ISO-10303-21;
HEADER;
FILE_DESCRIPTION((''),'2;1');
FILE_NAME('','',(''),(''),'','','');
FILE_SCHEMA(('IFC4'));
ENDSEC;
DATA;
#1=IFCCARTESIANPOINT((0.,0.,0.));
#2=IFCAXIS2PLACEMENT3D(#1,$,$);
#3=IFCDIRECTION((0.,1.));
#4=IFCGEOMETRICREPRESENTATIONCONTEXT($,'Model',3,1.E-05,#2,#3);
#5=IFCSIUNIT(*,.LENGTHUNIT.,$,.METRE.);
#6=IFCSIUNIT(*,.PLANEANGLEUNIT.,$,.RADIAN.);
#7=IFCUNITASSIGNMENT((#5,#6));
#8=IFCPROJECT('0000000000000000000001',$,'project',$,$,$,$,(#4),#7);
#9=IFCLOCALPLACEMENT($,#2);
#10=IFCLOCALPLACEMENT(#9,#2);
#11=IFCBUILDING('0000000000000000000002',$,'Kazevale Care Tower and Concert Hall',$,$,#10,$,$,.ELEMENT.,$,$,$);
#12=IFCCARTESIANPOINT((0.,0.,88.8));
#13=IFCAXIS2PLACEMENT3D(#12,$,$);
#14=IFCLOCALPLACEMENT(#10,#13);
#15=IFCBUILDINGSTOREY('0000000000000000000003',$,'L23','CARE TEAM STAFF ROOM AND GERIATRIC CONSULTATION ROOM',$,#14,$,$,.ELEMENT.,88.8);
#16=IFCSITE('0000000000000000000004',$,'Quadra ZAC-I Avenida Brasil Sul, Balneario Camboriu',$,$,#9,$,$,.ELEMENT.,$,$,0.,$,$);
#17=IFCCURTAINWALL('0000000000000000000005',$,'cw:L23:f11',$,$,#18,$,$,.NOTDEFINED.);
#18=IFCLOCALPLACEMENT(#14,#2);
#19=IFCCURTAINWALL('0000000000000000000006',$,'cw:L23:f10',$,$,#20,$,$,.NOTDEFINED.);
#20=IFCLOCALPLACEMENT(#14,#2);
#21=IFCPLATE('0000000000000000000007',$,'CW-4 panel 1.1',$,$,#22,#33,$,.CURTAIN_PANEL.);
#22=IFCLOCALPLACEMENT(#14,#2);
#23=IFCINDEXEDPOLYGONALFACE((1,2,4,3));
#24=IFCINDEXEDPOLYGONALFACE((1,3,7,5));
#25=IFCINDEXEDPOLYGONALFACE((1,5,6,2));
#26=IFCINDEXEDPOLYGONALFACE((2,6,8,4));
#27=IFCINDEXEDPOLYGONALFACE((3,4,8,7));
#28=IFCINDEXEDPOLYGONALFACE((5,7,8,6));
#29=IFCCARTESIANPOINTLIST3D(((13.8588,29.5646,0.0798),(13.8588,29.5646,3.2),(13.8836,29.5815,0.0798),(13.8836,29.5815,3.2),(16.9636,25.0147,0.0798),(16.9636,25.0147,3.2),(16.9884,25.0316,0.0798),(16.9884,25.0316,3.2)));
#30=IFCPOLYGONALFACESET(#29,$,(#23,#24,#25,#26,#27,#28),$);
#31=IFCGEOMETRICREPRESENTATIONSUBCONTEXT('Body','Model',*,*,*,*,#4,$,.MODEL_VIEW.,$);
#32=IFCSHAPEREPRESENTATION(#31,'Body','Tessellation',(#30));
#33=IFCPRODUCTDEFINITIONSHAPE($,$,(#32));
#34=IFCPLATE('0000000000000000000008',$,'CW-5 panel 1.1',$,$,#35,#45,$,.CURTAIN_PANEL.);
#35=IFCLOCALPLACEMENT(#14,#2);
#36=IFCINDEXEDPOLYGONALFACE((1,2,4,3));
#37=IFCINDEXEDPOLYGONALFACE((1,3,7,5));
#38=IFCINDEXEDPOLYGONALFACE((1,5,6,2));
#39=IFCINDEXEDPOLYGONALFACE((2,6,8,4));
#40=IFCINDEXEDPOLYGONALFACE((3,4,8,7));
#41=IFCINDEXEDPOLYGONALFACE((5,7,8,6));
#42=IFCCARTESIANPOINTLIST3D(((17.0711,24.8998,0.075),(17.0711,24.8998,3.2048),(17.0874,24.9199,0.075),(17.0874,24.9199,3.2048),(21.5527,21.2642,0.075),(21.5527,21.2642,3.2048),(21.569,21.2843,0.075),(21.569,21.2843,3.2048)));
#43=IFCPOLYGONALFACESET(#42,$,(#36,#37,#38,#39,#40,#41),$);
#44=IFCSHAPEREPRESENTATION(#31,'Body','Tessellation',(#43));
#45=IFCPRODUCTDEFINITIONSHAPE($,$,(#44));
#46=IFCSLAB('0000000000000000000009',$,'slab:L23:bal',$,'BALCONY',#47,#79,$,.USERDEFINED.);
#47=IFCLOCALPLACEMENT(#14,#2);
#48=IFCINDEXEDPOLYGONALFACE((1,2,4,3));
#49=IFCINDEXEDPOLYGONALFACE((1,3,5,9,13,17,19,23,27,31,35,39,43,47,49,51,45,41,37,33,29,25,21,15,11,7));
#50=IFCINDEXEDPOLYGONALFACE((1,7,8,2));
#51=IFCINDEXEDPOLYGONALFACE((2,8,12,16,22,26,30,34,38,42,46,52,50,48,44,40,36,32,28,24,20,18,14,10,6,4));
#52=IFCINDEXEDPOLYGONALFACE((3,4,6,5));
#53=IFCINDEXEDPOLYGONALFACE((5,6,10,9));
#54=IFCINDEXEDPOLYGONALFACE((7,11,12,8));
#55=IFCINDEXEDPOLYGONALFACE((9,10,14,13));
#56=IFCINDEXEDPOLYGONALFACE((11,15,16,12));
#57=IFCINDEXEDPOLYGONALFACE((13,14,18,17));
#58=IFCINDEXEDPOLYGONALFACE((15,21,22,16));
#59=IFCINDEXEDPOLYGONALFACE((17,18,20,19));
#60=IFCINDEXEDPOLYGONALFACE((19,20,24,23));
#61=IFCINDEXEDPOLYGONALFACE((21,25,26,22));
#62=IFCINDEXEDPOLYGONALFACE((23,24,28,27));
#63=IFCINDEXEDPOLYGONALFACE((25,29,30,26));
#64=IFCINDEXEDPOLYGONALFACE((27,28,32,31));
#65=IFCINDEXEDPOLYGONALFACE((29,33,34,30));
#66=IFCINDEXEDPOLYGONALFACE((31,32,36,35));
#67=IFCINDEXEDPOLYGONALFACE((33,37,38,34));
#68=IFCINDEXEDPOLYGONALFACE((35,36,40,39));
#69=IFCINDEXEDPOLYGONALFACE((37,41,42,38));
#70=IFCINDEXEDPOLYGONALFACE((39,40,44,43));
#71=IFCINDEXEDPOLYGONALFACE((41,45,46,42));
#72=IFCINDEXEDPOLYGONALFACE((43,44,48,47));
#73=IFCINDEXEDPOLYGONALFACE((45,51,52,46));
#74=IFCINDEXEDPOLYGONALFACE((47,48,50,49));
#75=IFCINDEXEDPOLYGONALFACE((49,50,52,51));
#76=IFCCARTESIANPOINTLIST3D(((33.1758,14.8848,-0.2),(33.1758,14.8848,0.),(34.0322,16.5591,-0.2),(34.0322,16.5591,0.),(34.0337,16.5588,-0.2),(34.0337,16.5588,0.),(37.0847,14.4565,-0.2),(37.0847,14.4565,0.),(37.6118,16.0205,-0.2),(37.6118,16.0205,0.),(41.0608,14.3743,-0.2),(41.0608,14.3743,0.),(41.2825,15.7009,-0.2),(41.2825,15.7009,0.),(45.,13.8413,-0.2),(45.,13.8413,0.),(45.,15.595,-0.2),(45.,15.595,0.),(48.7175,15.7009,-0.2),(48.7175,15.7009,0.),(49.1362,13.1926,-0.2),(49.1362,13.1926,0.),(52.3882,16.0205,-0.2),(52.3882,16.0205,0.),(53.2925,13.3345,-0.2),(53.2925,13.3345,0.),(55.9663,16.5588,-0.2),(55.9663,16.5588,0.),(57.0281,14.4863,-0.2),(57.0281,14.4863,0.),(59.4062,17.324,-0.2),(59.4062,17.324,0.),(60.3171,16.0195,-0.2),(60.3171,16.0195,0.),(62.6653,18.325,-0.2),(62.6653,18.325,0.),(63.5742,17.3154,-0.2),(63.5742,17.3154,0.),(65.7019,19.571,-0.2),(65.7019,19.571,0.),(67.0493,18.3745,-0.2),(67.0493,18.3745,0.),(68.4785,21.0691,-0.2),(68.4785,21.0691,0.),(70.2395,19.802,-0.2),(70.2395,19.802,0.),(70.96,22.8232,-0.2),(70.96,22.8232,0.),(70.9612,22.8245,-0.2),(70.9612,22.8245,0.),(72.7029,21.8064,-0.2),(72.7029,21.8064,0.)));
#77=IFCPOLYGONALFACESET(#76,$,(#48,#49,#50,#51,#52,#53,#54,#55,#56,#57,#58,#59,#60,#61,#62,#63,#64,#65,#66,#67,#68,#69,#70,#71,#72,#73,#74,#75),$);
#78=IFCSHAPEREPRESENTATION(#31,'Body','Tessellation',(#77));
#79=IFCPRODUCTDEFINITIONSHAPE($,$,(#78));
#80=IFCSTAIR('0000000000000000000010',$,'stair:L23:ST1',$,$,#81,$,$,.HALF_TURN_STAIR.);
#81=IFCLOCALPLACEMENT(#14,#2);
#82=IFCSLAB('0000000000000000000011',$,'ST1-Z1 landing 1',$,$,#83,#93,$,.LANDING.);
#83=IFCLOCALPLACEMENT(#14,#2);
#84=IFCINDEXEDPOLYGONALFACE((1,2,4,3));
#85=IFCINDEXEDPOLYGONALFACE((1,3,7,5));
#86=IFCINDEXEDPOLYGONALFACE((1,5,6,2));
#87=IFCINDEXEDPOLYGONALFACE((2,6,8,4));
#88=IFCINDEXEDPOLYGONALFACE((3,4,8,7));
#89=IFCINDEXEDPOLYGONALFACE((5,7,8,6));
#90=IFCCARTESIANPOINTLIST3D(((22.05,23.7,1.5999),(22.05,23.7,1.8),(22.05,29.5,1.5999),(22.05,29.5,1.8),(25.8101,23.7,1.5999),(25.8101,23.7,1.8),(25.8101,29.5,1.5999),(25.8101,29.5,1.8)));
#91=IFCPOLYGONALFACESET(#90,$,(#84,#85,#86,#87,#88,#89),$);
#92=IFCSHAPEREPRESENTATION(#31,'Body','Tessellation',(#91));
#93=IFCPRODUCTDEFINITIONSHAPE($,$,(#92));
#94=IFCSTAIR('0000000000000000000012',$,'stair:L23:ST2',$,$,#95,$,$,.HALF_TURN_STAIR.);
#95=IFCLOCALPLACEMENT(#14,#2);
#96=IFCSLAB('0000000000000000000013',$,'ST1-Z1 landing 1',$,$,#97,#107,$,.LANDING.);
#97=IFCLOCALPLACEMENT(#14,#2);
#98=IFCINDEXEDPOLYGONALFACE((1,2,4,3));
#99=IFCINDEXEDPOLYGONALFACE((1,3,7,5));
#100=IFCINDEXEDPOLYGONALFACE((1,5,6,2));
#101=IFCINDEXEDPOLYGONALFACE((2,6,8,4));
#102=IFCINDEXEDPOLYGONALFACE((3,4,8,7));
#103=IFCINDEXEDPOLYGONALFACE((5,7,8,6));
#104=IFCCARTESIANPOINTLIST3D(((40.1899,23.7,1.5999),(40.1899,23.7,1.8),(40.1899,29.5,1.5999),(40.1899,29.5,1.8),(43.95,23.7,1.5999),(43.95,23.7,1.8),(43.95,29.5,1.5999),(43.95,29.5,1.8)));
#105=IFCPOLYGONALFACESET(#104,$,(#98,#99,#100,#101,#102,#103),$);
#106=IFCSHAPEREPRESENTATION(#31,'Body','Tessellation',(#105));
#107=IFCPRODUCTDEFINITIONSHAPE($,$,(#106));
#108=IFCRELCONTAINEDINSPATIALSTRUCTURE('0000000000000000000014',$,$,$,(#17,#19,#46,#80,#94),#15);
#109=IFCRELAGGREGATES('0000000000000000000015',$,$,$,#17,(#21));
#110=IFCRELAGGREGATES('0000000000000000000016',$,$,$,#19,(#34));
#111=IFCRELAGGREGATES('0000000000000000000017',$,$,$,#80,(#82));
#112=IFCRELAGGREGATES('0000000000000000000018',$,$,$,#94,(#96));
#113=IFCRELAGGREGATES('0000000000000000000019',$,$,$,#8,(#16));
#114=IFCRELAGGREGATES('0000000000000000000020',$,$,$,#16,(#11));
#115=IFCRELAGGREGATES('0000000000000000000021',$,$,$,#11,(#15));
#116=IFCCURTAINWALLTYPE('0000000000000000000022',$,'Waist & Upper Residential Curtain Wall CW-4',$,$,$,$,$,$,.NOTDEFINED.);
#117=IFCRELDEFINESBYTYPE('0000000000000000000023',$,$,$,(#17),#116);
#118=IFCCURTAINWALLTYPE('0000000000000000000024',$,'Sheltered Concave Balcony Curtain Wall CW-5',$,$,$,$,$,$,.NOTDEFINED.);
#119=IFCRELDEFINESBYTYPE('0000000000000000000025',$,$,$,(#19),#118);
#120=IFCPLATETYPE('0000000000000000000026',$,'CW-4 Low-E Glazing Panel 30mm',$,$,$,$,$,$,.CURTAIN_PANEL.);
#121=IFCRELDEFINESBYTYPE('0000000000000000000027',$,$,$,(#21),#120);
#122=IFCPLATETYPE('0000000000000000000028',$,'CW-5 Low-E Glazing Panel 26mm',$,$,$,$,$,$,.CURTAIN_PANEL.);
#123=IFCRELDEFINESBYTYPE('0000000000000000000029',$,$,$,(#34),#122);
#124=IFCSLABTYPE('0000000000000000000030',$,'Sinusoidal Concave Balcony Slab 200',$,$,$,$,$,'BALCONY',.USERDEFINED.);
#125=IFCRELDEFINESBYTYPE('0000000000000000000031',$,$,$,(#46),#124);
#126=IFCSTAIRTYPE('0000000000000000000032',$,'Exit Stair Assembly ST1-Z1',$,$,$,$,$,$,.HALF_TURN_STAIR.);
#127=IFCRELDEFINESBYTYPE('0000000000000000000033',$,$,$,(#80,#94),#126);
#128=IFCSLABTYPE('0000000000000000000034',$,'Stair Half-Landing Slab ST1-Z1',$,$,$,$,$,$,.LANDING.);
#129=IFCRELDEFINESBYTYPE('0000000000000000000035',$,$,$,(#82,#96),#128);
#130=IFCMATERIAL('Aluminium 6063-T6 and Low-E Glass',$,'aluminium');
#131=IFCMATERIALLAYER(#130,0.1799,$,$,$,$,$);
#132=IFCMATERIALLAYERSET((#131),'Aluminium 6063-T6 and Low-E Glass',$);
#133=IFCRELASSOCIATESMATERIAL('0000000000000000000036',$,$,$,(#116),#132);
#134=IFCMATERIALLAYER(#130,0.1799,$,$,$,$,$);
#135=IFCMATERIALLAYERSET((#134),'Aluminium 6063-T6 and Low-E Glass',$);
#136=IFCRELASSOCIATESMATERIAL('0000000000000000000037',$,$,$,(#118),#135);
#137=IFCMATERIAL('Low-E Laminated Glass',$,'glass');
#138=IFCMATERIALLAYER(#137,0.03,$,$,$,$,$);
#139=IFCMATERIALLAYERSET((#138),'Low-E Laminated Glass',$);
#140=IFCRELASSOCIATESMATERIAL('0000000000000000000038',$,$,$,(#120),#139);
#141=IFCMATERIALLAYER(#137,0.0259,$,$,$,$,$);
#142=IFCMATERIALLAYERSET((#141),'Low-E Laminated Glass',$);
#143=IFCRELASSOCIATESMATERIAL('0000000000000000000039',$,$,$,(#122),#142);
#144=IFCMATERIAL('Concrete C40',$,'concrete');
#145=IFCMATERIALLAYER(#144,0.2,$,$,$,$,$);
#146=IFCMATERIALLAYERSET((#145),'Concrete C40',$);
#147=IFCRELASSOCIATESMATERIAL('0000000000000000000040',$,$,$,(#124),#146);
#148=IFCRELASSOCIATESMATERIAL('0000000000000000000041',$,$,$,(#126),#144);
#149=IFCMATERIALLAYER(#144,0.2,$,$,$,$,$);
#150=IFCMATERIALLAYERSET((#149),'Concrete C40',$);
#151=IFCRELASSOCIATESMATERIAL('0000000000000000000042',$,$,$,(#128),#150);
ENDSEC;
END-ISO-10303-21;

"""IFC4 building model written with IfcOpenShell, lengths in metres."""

from ifc_helpers import new_model, si_unit, direction, frame, origin, origin_2d, place, context, subcontext, project, spatial, polyline, rectangle, outline, extrude, material, layer, layer_set, type_object, element, aggregate, save


model = new_model("IFC4")

# Units and contexts
model_context = context("Model", 3, precision=1e-05, world=origin(), true_north=direction((0.0, 1.0)))
body_context = subcontext(model_context, "Body", "Model", "MODEL_VIEW")
ifc_project = project(units=[si_unit("LENGTHUNIT", "METRE"), si_unit("PLANEANGLEUNIT", "RADIAN")], contexts=[model_context])

# Site, building, storey
site_placement = place(None, origin())
site = spatial("IfcSite", under=ifc_project, at=site_placement, Name="Quadra ZAC-I Avenida Brasil Sul, Balneario Camboriu", CompositionType="ELEMENT", RefElevation=0.0)
building_placement = place(site_placement, origin())
building = spatial("IfcBuilding", under=site, at=building_placement, Name="Kazevale Care Tower and Concert Hall", CompositionType="ELEMENT")
storey_placement = place(building_placement, frame((0.0, 0.0, 88.8)))
storey = spatial("IfcBuildingStorey", under=building, at=storey_placement, Name="L23", Description="CARE TEAM STAFF ROOM AND GERIATRIC CONSULTATION ROOM", CompositionType="ELEMENT", Elevation=88.8)

# Curtain wall
ifc_material_1 = material(Name="Aluminium 6063-T6 and Low-E Glass", Category="aluminium")
ifc_layer_1 = layer(ifc_material_1, 0.1799)
ifc_layer_set_1 = layer_set([ifc_layer_1], Name="Aluminium 6063-T6 and Low-E Glass")
curtain_wall_type_1 = type_object("IfcCurtainWallType", Name="Waist & Upper Residential Curtain Wall CW-4", PredefinedType="NOTDEFINED", material=ifc_layer_set_1)
curtain_wall_1_placement = place(storey_placement, origin())
curtain_wall_1 = element("IfcCurtainWall", 1, at=curtain_wall_1_placement, inside=storey, type_object=curtain_wall_type_1, Name="cw:L23:f11", PredefinedType="NOTDEFINED")

# Shared definitions
ifc_layer_2 = layer(ifc_material_1, 0.1799)
ifc_layer_set_2 = layer_set([ifc_layer_2], Name="Aluminium 6063-T6 and Low-E Glass")
curtain_wall_type_2 = type_object("IfcCurtainWallType", Name="Sheltered Concave Balcony Curtain Wall CW-5", PredefinedType="NOTDEFINED", material=ifc_layer_set_2)

# Curtain wall
curtain_wall_2_placement = place(storey_placement, origin())
curtain_wall_2 = element("IfcCurtainWall", 2, at=curtain_wall_2_placement, inside=storey, type_object=curtain_wall_type_2, Name="cw:L23:f10", PredefinedType="NOTDEFINED")

# Plates
ifc_material_2 = material(Name="Low-E Laminated Glass", Category="glass")
ifc_layer_3 = layer(ifc_material_2, 0.03)
ifc_layer_set_3 = layer_set([ifc_layer_3], Name="Low-E Laminated Glass")
plate_type_1 = type_object("IfcPlateType", Name="CW-4 Low-E Glazing Panel 30mm", PredefinedType="CURTAIN_PANEL", material=ifc_layer_set_3)
plate_1_placement = place(storey_placement, frame((15.4236, 27.2981, 0.0798), z_axis=(0.0, 0.0, 1.0), x_axis=(-0.563665, 0.826003, 0.0)))
plate_1 = element("IfcPlate", 3, at=plate_1_placement, type_object=plate_type_1, Name="CW-4 panel 1.1", PredefinedType="CURTAIN_PANEL", context=body_context, shape_type="SweptSolid", body=[
    extrude(rectangle(XDim=5.5083, YDim=0.03, at=origin_2d()), origin(), (0.0, 0.0, 1.0), 3.1201),
])
aggregate(curtain_wall_1, [plate_1])
ifc_layer_4 = layer(ifc_material_2, 0.0259)
ifc_layer_set_4 = layer_set([ifc_layer_4], Name="Low-E Laminated Glass")
plate_type_2 = type_object("IfcPlateType", Name="CW-5 Low-E Glazing Panel 26mm", PredefinedType="CURTAIN_PANEL", material=ifc_layer_set_4)
plate_2_placement = place(storey_placement, frame((19.3201, 23.092, 0.075), z_axis=(0.0, 0.0, 1.0), x_axis=(-0.776599, 0.629995, 0.0)))
plate_2 = element("IfcPlate", 4, at=plate_2_placement, type_object=plate_type_2, Name="CW-5 panel 1.1", PredefinedType="CURTAIN_PANEL", context=body_context, shape_type="SweptSolid", body=[
    extrude(rectangle(XDim=5.7708, YDim=0.0259, at=origin_2d()), origin(), (0.0, 0.0, 1.0), 3.1299),
])
aggregate(curtain_wall_2, [plate_2])

# Slab
ifc_material_3 = material(Name="Concrete C40", Category="concrete")
ifc_layer_5 = layer(ifc_material_3, 0.2)
ifc_layer_set_5 = layer_set([ifc_layer_5], Name="Concrete C40")
slab_type_1 = type_object("IfcSlabType", Name="Sinusoidal Concave Balcony Slab 200", ElementType="BALCONY", PredefinedType="USERDEFINED", material=ifc_layer_set_5)
slab_1_placement = place(storey_placement, frame((0.0, 0.0, -0.2)))
element("IfcSlab", 5, at=slab_1_placement, inside=storey, type_object=slab_type_1, Name="slab:L23:bal", ObjectType="BALCONY", PredefinedType="USERDEFINED", context=body_context, shape_type="SweptSolid", body=[
    extrude(outline(polyline([(72.7029, 21.8064), (70.2395, 19.802), (67.0493, 18.3745), (63.5742, 17.3154), (60.3171, 16.0195), (57.0281, 14.4863), (53.2925, 13.3345), (49.1362, 13.1926), (45.0, 13.8413), (41.0608, 14.3743), (37.0847, 14.4565), (33.1758, 14.8848), (34.0322, 16.5591), (34.0337, 16.5588), (37.6118, 16.0205), (41.2825, 15.7009), (45.0, 15.595), (48.7175, 15.7009), (52.3882, 16.0205), (55.9663, 16.5588), (59.4062, 17.324), (62.6653, 18.325), (65.7019, 19.571), (68.4785, 21.0691), (70.96, 22.8232), (70.9612, 22.8245), (72.7029, 21.8064)])), origin(), (0.0, 0.0, 1.0), 0.2),
])

# Stairs, slabs
stair_type = type_object("IfcStairType", Name="Exit Stair Assembly ST1-Z1", PredefinedType="HALF_TURN_STAIR", material=ifc_material_3)
stair_1_placement = place(storey_placement, origin())
stair_1 = element("IfcStair", 6, at=stair_1_placement, inside=storey, type_object=stair_type, Name="stair:L23:ST1", PredefinedType="HALF_TURN_STAIR")
ifc_layer_6 = layer(ifc_material_3, 0.2)
ifc_layer_set_6 = layer_set([ifc_layer_6], Name="Concrete C40")
slab_type_2 = type_object("IfcSlabType", Name="Stair Half-Landing Slab ST1-Z1", PredefinedType="LANDING", material=ifc_layer_set_6)
slab_2_placement = place(storey_placement, frame((0.0, 0.0, 1.5999)))
slab_2 = element("IfcSlab", 7, at=slab_2_placement, type_object=slab_type_2, Name="ST1-Z1 landing 1", PredefinedType="LANDING", context=body_context, shape_type="SweptSolid", body=[
    extrude(outline(polyline([(22.05, 23.7), (25.8101, 23.7), (25.8101, 29.5), (22.05, 29.5), (22.05, 23.7)])), origin(), (0.0, 0.0, 1.0), 0.2002),
])
aggregate(stair_1, [slab_2])
stair_2_placement = place(storey_placement, origin())
stair_2 = element("IfcStair", 8, at=stair_2_placement, inside=storey, type_object=stair_type, Name="stair:L23:ST2", PredefinedType="HALF_TURN_STAIR")
slab_3_placement = place(storey_placement, frame((0.0, 0.0, 1.5999)))
slab_3 = element("IfcSlab", 9, at=slab_3_placement, type_object=slab_type_2, Name="ST1-Z1 landing 1", PredefinedType="LANDING", context=body_context, shape_type="SweptSolid", body=[
    extrude(outline(polyline([(40.1899, 23.7), (43.95, 23.7), (43.95, 29.5), (40.1899, 29.5), (40.1899, 23.7)])), origin(), (0.0, 0.0, 1.0), 0.2002),
])
aggregate(stair_2, [slab_3])

save(model, "model.ifc")
